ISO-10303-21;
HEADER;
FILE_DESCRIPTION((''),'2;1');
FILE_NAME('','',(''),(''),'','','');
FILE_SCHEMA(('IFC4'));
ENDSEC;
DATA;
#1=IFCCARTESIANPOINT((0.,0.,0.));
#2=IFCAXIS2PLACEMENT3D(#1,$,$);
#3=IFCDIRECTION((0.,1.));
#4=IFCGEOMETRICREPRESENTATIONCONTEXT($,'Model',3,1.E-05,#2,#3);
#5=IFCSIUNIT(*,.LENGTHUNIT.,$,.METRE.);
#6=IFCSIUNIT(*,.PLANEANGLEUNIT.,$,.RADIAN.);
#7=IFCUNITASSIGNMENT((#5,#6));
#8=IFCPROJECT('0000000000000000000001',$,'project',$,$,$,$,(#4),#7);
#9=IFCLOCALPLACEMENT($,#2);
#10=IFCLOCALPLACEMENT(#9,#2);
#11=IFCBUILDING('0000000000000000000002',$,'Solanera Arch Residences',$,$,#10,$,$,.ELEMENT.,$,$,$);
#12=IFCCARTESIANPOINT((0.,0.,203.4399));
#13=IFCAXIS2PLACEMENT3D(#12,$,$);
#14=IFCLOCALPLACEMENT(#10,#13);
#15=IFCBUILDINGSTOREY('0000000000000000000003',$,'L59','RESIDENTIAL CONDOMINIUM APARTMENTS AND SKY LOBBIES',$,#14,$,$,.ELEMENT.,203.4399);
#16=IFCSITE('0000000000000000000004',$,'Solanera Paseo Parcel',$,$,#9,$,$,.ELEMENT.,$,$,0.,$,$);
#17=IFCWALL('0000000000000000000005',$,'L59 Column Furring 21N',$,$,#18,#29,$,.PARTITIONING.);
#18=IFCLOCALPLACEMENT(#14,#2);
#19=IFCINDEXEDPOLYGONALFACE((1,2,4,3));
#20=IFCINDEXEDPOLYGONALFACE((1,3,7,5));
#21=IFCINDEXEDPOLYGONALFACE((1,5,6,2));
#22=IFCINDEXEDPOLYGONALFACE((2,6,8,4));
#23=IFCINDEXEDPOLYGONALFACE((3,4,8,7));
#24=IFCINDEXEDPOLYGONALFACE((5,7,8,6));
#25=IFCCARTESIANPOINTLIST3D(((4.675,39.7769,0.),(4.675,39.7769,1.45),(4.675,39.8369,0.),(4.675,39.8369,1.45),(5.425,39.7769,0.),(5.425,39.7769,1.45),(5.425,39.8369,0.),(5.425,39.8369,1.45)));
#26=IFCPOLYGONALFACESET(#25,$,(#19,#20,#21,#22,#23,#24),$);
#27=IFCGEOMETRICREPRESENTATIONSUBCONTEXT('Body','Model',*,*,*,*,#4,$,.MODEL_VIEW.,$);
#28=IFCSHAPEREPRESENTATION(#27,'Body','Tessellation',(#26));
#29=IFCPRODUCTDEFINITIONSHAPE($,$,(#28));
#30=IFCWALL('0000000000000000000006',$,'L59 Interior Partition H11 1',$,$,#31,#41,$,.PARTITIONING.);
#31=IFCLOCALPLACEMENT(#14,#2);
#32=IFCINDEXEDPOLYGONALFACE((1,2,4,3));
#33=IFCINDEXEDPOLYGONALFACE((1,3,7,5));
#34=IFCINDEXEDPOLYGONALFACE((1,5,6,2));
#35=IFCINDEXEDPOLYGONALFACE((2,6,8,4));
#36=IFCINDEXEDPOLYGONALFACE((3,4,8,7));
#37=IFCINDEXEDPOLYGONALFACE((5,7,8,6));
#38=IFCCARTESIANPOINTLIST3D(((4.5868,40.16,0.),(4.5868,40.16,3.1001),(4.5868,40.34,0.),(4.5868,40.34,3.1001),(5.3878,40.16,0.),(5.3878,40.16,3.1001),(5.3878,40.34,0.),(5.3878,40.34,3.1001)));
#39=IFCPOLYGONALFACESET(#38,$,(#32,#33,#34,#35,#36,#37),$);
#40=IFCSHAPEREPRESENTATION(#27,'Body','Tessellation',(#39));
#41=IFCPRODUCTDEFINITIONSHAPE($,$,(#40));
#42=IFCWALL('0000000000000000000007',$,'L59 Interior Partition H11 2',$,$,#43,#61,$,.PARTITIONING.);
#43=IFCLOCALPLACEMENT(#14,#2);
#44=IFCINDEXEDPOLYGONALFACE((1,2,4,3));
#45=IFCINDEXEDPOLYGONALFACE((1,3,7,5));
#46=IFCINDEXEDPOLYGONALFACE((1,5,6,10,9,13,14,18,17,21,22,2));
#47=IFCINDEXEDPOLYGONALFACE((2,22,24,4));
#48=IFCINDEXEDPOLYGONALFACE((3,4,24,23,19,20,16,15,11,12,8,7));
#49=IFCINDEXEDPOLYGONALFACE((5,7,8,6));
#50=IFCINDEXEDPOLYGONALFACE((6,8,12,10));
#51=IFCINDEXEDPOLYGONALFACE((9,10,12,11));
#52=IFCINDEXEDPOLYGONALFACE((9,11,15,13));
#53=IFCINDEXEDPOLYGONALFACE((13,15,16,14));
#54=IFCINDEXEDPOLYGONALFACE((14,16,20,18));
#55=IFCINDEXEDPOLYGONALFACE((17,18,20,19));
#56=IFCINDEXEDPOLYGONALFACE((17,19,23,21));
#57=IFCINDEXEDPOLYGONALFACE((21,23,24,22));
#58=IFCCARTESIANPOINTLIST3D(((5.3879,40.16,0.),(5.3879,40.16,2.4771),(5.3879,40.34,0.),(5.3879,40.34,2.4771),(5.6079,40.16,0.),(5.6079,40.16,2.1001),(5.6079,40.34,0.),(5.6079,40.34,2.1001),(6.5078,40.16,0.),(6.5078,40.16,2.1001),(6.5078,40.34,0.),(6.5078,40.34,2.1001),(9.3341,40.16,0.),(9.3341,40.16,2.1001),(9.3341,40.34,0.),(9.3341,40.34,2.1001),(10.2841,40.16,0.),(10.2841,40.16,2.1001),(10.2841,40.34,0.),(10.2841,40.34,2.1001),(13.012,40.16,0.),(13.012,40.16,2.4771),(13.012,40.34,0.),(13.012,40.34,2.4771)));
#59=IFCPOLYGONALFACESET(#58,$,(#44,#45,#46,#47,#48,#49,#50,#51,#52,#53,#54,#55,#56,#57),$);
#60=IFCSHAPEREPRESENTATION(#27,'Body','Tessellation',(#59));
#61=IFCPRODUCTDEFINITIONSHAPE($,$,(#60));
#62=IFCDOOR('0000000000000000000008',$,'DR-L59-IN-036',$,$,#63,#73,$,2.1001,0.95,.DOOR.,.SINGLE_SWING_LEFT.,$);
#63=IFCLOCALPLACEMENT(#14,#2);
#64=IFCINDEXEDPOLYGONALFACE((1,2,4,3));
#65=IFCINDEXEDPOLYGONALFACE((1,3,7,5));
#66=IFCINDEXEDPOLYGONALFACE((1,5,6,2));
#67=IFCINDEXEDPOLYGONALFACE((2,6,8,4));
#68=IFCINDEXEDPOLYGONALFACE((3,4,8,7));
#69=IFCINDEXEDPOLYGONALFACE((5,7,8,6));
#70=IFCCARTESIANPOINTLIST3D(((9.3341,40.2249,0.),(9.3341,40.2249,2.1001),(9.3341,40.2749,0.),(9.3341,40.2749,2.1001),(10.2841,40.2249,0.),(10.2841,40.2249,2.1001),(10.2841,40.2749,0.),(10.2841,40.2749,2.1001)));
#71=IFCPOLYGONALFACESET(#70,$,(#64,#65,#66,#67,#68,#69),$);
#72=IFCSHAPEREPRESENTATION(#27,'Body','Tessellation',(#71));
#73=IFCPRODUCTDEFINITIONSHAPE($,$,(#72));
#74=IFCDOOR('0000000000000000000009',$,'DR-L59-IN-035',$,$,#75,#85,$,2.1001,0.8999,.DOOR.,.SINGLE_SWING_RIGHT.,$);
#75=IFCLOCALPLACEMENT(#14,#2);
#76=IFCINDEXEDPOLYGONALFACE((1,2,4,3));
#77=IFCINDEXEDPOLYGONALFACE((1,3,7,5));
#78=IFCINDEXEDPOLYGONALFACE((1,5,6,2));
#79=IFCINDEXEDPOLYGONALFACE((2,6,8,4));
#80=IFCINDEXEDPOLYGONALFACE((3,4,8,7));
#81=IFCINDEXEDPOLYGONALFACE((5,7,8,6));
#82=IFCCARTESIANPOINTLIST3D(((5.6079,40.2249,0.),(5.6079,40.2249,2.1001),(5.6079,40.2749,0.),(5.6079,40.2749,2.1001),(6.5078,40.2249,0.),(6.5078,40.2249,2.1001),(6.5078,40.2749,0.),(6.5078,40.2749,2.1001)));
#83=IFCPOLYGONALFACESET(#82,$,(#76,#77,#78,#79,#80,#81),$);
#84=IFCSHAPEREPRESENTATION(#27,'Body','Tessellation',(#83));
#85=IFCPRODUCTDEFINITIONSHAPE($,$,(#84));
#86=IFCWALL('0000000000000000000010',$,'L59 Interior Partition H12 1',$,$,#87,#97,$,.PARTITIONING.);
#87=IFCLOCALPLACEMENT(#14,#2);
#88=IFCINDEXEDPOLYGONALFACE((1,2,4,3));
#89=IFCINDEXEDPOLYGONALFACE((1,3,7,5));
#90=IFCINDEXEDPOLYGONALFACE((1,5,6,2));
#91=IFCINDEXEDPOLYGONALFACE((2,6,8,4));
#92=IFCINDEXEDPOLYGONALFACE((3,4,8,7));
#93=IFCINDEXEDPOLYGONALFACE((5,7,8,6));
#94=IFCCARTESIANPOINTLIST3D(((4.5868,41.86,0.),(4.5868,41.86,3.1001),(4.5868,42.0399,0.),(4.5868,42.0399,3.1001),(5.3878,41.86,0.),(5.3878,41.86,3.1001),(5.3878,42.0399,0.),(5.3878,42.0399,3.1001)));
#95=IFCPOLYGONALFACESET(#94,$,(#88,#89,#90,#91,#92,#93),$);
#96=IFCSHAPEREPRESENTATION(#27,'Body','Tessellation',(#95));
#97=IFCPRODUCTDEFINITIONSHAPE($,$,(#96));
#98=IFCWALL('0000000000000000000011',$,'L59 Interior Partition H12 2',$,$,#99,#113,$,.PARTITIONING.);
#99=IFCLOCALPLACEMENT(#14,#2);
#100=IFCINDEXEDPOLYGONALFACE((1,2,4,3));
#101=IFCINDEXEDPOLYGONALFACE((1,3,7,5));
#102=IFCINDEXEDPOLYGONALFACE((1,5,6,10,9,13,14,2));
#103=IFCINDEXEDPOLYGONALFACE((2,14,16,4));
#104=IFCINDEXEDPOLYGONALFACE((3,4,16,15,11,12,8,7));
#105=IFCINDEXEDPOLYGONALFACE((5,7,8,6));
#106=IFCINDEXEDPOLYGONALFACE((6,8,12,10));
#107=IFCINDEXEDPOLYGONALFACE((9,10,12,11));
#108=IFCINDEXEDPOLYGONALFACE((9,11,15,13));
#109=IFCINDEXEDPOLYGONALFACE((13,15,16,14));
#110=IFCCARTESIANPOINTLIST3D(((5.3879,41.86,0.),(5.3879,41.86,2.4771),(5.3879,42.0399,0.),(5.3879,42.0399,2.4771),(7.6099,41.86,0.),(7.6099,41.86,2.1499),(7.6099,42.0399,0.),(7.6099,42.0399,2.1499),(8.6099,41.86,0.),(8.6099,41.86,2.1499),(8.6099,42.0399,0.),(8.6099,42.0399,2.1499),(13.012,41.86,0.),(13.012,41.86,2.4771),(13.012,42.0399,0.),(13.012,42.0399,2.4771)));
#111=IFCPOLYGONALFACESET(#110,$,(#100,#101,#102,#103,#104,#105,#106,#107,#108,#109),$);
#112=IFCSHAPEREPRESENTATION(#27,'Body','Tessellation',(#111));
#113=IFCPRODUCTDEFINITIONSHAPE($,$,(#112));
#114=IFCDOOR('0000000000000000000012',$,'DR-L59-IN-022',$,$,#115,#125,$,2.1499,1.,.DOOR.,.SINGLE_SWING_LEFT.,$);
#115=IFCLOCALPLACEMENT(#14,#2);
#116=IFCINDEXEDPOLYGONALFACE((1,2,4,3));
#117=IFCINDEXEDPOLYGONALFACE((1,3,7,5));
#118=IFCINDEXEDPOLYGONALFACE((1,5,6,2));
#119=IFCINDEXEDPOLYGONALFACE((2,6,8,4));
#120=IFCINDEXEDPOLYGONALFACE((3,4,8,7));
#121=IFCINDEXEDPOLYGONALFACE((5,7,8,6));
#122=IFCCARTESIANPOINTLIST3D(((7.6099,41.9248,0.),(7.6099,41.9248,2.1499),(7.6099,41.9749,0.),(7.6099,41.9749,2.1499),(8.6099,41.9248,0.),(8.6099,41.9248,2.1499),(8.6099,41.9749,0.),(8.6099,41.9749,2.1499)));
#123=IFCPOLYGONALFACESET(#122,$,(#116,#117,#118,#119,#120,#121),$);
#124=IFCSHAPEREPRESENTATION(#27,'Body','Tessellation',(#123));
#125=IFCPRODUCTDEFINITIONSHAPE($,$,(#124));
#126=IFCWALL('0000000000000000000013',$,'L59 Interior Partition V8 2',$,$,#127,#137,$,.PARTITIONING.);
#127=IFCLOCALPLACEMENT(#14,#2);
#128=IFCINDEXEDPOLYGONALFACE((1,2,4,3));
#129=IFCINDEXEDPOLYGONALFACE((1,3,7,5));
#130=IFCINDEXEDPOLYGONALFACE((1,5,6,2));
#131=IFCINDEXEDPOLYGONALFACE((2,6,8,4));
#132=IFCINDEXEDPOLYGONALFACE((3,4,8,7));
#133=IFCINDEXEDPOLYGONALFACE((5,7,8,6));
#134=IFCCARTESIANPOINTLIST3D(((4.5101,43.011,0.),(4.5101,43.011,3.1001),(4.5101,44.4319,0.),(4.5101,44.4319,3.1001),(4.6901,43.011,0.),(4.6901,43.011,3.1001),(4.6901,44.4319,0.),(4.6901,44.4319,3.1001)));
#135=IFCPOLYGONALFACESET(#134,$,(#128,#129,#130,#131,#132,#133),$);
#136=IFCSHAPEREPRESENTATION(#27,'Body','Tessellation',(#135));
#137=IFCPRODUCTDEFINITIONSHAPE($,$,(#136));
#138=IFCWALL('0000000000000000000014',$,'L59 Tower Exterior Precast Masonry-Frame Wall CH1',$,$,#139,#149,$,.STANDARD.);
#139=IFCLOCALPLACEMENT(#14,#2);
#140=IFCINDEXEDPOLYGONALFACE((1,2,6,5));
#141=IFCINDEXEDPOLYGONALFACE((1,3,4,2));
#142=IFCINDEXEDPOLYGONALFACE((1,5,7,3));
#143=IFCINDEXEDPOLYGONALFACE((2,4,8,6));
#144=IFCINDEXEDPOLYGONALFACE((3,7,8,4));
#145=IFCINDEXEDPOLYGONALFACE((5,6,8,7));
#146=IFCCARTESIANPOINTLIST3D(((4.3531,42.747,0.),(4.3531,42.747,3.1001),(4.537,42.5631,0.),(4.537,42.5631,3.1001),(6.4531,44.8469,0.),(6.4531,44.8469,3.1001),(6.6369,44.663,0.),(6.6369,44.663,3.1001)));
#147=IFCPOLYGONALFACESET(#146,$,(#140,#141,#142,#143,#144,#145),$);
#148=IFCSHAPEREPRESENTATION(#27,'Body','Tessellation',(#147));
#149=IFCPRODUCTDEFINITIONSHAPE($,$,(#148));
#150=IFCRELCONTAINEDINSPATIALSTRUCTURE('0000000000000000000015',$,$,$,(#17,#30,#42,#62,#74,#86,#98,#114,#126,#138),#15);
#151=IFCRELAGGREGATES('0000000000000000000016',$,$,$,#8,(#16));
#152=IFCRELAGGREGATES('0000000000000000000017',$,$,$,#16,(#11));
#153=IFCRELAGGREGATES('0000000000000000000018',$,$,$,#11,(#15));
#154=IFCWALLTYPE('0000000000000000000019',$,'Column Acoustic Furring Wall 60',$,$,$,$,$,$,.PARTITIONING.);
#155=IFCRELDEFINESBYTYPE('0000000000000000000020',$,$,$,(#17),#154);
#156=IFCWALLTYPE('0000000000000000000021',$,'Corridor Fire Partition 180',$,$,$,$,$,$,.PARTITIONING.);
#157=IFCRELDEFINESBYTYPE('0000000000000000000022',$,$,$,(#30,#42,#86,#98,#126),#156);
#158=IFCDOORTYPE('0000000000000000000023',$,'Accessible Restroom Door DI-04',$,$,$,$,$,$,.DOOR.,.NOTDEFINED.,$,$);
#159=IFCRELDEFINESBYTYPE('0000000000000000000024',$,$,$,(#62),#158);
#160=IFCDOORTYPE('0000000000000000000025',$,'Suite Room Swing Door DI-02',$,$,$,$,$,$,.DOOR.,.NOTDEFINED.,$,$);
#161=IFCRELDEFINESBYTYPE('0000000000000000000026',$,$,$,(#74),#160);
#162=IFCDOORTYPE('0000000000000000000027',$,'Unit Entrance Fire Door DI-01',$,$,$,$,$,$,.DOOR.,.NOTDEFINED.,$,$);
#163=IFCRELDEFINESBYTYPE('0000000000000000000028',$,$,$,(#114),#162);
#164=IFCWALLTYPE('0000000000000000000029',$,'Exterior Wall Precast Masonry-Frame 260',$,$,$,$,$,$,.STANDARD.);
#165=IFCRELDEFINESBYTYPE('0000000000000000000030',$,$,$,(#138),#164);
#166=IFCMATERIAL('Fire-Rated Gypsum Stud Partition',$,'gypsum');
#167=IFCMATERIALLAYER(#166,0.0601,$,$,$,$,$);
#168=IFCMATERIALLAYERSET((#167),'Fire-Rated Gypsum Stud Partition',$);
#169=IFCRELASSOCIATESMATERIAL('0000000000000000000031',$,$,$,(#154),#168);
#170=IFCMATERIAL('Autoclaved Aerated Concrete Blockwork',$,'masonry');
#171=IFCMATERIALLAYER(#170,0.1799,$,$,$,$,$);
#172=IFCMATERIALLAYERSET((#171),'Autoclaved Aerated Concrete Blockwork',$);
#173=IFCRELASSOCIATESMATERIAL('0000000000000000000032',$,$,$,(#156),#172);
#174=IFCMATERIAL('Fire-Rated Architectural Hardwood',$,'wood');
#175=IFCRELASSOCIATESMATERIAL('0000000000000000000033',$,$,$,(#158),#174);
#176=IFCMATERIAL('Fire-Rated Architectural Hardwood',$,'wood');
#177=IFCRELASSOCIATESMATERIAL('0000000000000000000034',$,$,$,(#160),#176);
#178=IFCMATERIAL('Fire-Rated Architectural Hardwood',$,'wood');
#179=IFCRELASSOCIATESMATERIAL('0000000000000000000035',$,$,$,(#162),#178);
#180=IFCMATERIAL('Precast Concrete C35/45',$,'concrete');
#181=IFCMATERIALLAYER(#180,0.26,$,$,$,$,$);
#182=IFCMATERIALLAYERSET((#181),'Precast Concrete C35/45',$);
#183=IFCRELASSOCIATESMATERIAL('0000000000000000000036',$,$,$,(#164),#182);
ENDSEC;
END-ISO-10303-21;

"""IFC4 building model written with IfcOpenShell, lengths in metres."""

from ifc_helpers import new_model, si_unit, direction, frame, frame_2d, origin, place, context, subcontext, project, spatial, rectangle, extrude, material, layer, layer_set, type_object, element, fill, save


model = new_model("IFC4")

# Units and contexts
model_context = context("Model", 3, precision=1e-05, world=origin(), true_north=direction((0.0, 1.0)))
body_context = subcontext(model_context, "Body", "Model", "MODEL_VIEW")
ifc_project = project(units=[si_unit("LENGTHUNIT", "METRE"), si_unit("PLANEANGLEUNIT", "RADIAN")], contexts=[model_context])

# Site, building, storey
site_placement = place(None, origin())
site = spatial("IfcSite", under=ifc_project, at=site_placement, Name="Solanera Paseo Parcel", CompositionType="ELEMENT", RefElevation=0.0)
building_placement = place(site_placement, origin())
building = spatial("IfcBuilding", under=site, at=building_placement, Name="Solanera Arch Residences", CompositionType="ELEMENT")
storey_placement = place(building_placement, frame((0.0, 0.0, 203.4399)))
storey = spatial("IfcBuildingStorey", under=building, at=storey_placement, Name="L59", Description="RESIDENTIAL CONDOMINIUM APARTMENTS AND SKY LOBBIES", CompositionType="ELEMENT", Elevation=203.4399)

# Walls
ifc_material_1 = material(Name="Fire-Rated Gypsum Stud Partition", Category="gypsum")
ifc_layer_1 = layer(ifc_material_1, 0.0601)
ifc_layer_set_1 = layer_set([ifc_layer_1], Name="Fire-Rated Gypsum Stud Partition")
wall_type_1 = type_object("IfcWallType", Name="Column Acoustic Furring Wall 60", PredefinedType="PARTITIONING", material=ifc_layer_set_1)
wall_1_placement = place(storey_placement, frame((4.675, 39.8069, 0.0), z_axis=(0.0, 0.0, 1.0), x_axis=(1.0, 0.0, 0.0)))
element("IfcWall", 1, at=wall_1_placement, inside=storey, type_object=wall_type_1, Name="L59 Column Furring 21N", PredefinedType="PARTITIONING", context=body_context, shape_type="SweptSolid", body=[
    extrude(rectangle(XDim=0.75, YDim=0.0601, at=frame_2d((0.375, 0.0))), origin(), (0.0, 0.0, 1.0), 1.45),
])
ifc_material_2 = material(Name="Autoclaved Aerated Concrete Blockwork", Category="masonry")
ifc_layer_2 = layer(ifc_material_2, 0.1799)
ifc_layer_set_2 = layer_set([ifc_layer_2], Name="Autoclaved Aerated Concrete Blockwork")
wall_type_2 = type_object("IfcWallType", Name="Corridor Fire Partition 180", PredefinedType="PARTITIONING", material=ifc_layer_set_2)
wall_2_placement = place(storey_placement, frame((4.5869, 40.25, 0.0), z_axis=(0.0, 0.0, 1.0), x_axis=(1.0, 0.0, 0.0)))
element("IfcWall", 2, at=wall_2_placement, inside=storey, type_object=wall_type_2, Name="L59 Interior Partition H11 1", PredefinedType="PARTITIONING", context=body_context, shape_type="SweptSolid", body=[
    extrude(rectangle(XDim=0.801, YDim=0.1799, at=frame_2d((0.4004, 0.0))), origin(), (0.0, 0.0, 1.0), 3.1001),
])

# Wall, openings, doors
wall_3_placement = place(storey_placement, frame((5.3879, 40.25, 0.0), z_axis=(0.0, 0.0, 1.0), x_axis=(1.0, 0.0, 0.0)))
wall_3 = element("IfcWall", 3, at=wall_3_placement, inside=storey, type_object=wall_type_2, Name="L59 Interior Partition H11 2", PredefinedType="PARTITIONING", context=body_context, shape_type="SweptSolid", body=[
    extrude(rectangle(XDim=7.624, YDim=0.1799, at=frame_2d((3.812, 0.0))), origin(), (0.0, 0.0, 1.0), 2.4771),
])
opening_1_placement = place(wall_3_placement, frame((0.22, 0.0, 0.0)))
opening_1 = element("IfcOpeningElement", 4, at=opening_1_placement, cuts=wall_3, PredefinedType="OPENING", context=body_context, shape_type="SweptSolid", body=[
    extrude(rectangle(XDim=0.8999, YDim=2.1001, at=frame_2d((0.45, 1.05))), frame((0.0, 0.1001, 0.0), z_axis=(0.0, -1.0, 0.0), x_axis=(1.0, 0.0, 0.0)), (0.0, 0.0, 1.0), 0.1999),
])
opening_2_placement = place(wall_3_placement, frame((3.946, 0.0, 0.0)))
opening_2 = element("IfcOpeningElement", 5, at=opening_2_placement, cuts=wall_3, PredefinedType="OPENING", context=body_context, shape_type="SweptSolid", body=[
    extrude(rectangle(XDim=0.95, YDim=2.1001, at=frame_2d((0.4751, 1.05))), frame((0.0, 0.1001, 0.0), z_axis=(0.0, -1.0, 0.0), x_axis=(1.0, 0.0, 0.0)), (0.0, 0.0, 1.0), 0.1999),
])
ifc_material_3 = material(Name="Fire-Rated Architectural Hardwood", Category="wood")
door_type_1 = type_object("IfcDoorType", Name="Accessible Restroom Door DI-04", OperationType="NOTDEFINED", PredefinedType="DOOR", material=ifc_material_3)
door_1_placement = place(opening_2_placement, origin())
door_1 = element("IfcDoor", 6, at=door_1_placement, inside=storey, type_object=door_type_1, Name="DR-L59-IN-036", OperationType="SINGLE_SWING_LEFT", OverallHeight=2.1001, OverallWidth=0.95, PredefinedType="DOOR", context=body_context, shape_type="SweptSolid", body=[
    extrude(rectangle(XDim=0.95, YDim=2.1001, at=frame_2d((0.4751, 1.05))), frame((0.0, 0.0249, 0.0), z_axis=(0.0, -1.0, 0.0), x_axis=(1.0, 0.0, 0.0)), (0.0, 0.0, 1.0), 0.05),
])
fill(opening_2, door_1)
ifc_material_4 = material(Name="Fire-Rated Architectural Hardwood", Category="wood")
door_type_2 = type_object("IfcDoorType", Name="Suite Room Swing Door DI-02", OperationType="NOTDEFINED", PredefinedType="DOOR", material=ifc_material_4)
door_2_placement = place(opening_1_placement, origin())
door_2 = element("IfcDoor", 7, at=door_2_placement, inside=storey, type_object=door_type_2, Name="DR-L59-IN-035", OperationType="SINGLE_SWING_RIGHT", OverallHeight=2.1001, OverallWidth=0.8999, PredefinedType="DOOR", context=body_context, shape_type="SweptSolid", body=[
    extrude(rectangle(XDim=0.8999, YDim=2.1001, at=frame_2d((0.45, 1.05))), frame((0.0, 0.0249, 0.0), z_axis=(0.0, -1.0, 0.0), x_axis=(1.0, 0.0, 0.0)), (0.0, 0.0, 1.0), 0.05),
])
fill(opening_1, door_2)

# Wall
wall_4_placement = place(storey_placement, frame((4.5869, 41.95, 0.0), z_axis=(0.0, 0.0, 1.0), x_axis=(1.0, 0.0, 0.0)))
element("IfcWall", 8, at=wall_4_placement, inside=storey, type_object=wall_type_2, Name="L59 Interior Partition H12 1", PredefinedType="PARTITIONING", context=body_context, shape_type="SweptSolid", body=[
    extrude(rectangle(XDim=0.801, YDim=0.1799, at=frame_2d((0.4004, 0.0))), origin(), (0.0, 0.0, 1.0), 3.1001),
])

# Wall, opening, door
wall_5_placement = place(storey_placement, frame((5.3879, 41.95, 0.0), z_axis=(0.0, 0.0, 1.0), x_axis=(1.0, 0.0, 0.0)))
wall_5 = element("IfcWall", 9, at=wall_5_placement, inside=storey, type_object=wall_type_2, Name="L59 Interior Partition H12 2", PredefinedType="PARTITIONING", context=body_context, shape_type="SweptSolid", body=[
    extrude(rectangle(XDim=7.624, YDim=0.1799, at=frame_2d((3.812, 0.0))), origin(), (0.0, 0.0, 1.0), 2.4771),
])
opening_3_placement = place(wall_5_placement, frame((2.2219, 0.0, 0.0)))
opening_3 = element("IfcOpeningElement", 10, at=opening_3_placement, cuts=wall_5, PredefinedType="OPENING", context=body_context, shape_type="SweptSolid", body=[
    extrude(rectangle(XDim=1.0, YDim=2.1499, at=frame_2d((0.5, 1.075))), frame((0.0, 0.1001, 0.0), z_axis=(0.0, -1.0, 0.0), x_axis=(1.0, 0.0, 0.0)), (0.0, 0.0, 1.0), 0.1999),
])
ifc_material_5 = material(Name="Fire-Rated Architectural Hardwood", Category="wood")
door_type_3 = type_object("IfcDoorType", Name="Unit Entrance Fire Door DI-01", OperationType="NOTDEFINED", PredefinedType="DOOR", material=ifc_material_5)
door_3_placement = place(opening_3_placement, origin())
door_3 = element("IfcDoor", 11, at=door_3_placement, inside=storey, type_object=door_type_3, Name="DR-L59-IN-022", OperationType="SINGLE_SWING_LEFT", OverallHeight=2.1499, OverallWidth=1.0, PredefinedType="DOOR", context=body_context, shape_type="SweptSolid", body=[
    extrude(rectangle(XDim=1.0, YDim=2.1499, at=frame_2d((0.5, 1.075))), frame((0.0, 0.0249, 0.0), z_axis=(0.0, -1.0, 0.0), x_axis=(1.0, 0.0, 0.0)), (0.0, 0.0, 1.0), 0.05),
])
fill(opening_3, door_3)

# Walls
wall_6_placement = place(storey_placement, frame((4.6001, 43.011, 0.0), z_axis=(0.0, 0.0, 1.0), x_axis=(0.0, 1.0, 0.0)))
element("IfcWall", 12, at=wall_6_placement, inside=storey, type_object=wall_type_2, Name="L59 Interior Partition V8 2", PredefinedType="PARTITIONING", context=body_context, shape_type="SweptSolid", body=[
    extrude(rectangle(XDim=1.4209, YDim=0.1799, at=frame_2d((0.7104, 0.0))), origin(), (0.0, 0.0, 1.0), 3.1001),
])
ifc_material_6 = material(Name="Precast Concrete C35/45", Category="concrete")
ifc_layer_3 = layer(ifc_material_6, 0.26)
ifc_layer_set_3 = layer_set([ifc_layer_3], Name="Precast Concrete C35/45")
wall_type_3 = type_object("IfcWallType", Name="Exterior Wall Precast Masonry-Frame 260", PredefinedType="STANDARD", material=ifc_layer_set_3)
wall_7_placement = place(storey_placement, frame((4.4451, 42.655, 0.0), z_axis=(0.0, 0.0, 1.0), x_axis=(0.707107, 0.707107, 0.0)))
element("IfcWall", 13, at=wall_7_placement, inside=storey, type_object=wall_type_3, Name="L59 Tower Exterior Precast Masonry-Frame Wall CH1", PredefinedType="STANDARD", context=body_context, shape_type="SweptSolid", body=[
    extrude(rectangle(XDim=2.9697, YDim=0.26, at=frame_2d((1.4849, 0.0))), origin(), (0.0, 0.0, 1.0), 3.1001),
])

save(model, "model.ifc")
